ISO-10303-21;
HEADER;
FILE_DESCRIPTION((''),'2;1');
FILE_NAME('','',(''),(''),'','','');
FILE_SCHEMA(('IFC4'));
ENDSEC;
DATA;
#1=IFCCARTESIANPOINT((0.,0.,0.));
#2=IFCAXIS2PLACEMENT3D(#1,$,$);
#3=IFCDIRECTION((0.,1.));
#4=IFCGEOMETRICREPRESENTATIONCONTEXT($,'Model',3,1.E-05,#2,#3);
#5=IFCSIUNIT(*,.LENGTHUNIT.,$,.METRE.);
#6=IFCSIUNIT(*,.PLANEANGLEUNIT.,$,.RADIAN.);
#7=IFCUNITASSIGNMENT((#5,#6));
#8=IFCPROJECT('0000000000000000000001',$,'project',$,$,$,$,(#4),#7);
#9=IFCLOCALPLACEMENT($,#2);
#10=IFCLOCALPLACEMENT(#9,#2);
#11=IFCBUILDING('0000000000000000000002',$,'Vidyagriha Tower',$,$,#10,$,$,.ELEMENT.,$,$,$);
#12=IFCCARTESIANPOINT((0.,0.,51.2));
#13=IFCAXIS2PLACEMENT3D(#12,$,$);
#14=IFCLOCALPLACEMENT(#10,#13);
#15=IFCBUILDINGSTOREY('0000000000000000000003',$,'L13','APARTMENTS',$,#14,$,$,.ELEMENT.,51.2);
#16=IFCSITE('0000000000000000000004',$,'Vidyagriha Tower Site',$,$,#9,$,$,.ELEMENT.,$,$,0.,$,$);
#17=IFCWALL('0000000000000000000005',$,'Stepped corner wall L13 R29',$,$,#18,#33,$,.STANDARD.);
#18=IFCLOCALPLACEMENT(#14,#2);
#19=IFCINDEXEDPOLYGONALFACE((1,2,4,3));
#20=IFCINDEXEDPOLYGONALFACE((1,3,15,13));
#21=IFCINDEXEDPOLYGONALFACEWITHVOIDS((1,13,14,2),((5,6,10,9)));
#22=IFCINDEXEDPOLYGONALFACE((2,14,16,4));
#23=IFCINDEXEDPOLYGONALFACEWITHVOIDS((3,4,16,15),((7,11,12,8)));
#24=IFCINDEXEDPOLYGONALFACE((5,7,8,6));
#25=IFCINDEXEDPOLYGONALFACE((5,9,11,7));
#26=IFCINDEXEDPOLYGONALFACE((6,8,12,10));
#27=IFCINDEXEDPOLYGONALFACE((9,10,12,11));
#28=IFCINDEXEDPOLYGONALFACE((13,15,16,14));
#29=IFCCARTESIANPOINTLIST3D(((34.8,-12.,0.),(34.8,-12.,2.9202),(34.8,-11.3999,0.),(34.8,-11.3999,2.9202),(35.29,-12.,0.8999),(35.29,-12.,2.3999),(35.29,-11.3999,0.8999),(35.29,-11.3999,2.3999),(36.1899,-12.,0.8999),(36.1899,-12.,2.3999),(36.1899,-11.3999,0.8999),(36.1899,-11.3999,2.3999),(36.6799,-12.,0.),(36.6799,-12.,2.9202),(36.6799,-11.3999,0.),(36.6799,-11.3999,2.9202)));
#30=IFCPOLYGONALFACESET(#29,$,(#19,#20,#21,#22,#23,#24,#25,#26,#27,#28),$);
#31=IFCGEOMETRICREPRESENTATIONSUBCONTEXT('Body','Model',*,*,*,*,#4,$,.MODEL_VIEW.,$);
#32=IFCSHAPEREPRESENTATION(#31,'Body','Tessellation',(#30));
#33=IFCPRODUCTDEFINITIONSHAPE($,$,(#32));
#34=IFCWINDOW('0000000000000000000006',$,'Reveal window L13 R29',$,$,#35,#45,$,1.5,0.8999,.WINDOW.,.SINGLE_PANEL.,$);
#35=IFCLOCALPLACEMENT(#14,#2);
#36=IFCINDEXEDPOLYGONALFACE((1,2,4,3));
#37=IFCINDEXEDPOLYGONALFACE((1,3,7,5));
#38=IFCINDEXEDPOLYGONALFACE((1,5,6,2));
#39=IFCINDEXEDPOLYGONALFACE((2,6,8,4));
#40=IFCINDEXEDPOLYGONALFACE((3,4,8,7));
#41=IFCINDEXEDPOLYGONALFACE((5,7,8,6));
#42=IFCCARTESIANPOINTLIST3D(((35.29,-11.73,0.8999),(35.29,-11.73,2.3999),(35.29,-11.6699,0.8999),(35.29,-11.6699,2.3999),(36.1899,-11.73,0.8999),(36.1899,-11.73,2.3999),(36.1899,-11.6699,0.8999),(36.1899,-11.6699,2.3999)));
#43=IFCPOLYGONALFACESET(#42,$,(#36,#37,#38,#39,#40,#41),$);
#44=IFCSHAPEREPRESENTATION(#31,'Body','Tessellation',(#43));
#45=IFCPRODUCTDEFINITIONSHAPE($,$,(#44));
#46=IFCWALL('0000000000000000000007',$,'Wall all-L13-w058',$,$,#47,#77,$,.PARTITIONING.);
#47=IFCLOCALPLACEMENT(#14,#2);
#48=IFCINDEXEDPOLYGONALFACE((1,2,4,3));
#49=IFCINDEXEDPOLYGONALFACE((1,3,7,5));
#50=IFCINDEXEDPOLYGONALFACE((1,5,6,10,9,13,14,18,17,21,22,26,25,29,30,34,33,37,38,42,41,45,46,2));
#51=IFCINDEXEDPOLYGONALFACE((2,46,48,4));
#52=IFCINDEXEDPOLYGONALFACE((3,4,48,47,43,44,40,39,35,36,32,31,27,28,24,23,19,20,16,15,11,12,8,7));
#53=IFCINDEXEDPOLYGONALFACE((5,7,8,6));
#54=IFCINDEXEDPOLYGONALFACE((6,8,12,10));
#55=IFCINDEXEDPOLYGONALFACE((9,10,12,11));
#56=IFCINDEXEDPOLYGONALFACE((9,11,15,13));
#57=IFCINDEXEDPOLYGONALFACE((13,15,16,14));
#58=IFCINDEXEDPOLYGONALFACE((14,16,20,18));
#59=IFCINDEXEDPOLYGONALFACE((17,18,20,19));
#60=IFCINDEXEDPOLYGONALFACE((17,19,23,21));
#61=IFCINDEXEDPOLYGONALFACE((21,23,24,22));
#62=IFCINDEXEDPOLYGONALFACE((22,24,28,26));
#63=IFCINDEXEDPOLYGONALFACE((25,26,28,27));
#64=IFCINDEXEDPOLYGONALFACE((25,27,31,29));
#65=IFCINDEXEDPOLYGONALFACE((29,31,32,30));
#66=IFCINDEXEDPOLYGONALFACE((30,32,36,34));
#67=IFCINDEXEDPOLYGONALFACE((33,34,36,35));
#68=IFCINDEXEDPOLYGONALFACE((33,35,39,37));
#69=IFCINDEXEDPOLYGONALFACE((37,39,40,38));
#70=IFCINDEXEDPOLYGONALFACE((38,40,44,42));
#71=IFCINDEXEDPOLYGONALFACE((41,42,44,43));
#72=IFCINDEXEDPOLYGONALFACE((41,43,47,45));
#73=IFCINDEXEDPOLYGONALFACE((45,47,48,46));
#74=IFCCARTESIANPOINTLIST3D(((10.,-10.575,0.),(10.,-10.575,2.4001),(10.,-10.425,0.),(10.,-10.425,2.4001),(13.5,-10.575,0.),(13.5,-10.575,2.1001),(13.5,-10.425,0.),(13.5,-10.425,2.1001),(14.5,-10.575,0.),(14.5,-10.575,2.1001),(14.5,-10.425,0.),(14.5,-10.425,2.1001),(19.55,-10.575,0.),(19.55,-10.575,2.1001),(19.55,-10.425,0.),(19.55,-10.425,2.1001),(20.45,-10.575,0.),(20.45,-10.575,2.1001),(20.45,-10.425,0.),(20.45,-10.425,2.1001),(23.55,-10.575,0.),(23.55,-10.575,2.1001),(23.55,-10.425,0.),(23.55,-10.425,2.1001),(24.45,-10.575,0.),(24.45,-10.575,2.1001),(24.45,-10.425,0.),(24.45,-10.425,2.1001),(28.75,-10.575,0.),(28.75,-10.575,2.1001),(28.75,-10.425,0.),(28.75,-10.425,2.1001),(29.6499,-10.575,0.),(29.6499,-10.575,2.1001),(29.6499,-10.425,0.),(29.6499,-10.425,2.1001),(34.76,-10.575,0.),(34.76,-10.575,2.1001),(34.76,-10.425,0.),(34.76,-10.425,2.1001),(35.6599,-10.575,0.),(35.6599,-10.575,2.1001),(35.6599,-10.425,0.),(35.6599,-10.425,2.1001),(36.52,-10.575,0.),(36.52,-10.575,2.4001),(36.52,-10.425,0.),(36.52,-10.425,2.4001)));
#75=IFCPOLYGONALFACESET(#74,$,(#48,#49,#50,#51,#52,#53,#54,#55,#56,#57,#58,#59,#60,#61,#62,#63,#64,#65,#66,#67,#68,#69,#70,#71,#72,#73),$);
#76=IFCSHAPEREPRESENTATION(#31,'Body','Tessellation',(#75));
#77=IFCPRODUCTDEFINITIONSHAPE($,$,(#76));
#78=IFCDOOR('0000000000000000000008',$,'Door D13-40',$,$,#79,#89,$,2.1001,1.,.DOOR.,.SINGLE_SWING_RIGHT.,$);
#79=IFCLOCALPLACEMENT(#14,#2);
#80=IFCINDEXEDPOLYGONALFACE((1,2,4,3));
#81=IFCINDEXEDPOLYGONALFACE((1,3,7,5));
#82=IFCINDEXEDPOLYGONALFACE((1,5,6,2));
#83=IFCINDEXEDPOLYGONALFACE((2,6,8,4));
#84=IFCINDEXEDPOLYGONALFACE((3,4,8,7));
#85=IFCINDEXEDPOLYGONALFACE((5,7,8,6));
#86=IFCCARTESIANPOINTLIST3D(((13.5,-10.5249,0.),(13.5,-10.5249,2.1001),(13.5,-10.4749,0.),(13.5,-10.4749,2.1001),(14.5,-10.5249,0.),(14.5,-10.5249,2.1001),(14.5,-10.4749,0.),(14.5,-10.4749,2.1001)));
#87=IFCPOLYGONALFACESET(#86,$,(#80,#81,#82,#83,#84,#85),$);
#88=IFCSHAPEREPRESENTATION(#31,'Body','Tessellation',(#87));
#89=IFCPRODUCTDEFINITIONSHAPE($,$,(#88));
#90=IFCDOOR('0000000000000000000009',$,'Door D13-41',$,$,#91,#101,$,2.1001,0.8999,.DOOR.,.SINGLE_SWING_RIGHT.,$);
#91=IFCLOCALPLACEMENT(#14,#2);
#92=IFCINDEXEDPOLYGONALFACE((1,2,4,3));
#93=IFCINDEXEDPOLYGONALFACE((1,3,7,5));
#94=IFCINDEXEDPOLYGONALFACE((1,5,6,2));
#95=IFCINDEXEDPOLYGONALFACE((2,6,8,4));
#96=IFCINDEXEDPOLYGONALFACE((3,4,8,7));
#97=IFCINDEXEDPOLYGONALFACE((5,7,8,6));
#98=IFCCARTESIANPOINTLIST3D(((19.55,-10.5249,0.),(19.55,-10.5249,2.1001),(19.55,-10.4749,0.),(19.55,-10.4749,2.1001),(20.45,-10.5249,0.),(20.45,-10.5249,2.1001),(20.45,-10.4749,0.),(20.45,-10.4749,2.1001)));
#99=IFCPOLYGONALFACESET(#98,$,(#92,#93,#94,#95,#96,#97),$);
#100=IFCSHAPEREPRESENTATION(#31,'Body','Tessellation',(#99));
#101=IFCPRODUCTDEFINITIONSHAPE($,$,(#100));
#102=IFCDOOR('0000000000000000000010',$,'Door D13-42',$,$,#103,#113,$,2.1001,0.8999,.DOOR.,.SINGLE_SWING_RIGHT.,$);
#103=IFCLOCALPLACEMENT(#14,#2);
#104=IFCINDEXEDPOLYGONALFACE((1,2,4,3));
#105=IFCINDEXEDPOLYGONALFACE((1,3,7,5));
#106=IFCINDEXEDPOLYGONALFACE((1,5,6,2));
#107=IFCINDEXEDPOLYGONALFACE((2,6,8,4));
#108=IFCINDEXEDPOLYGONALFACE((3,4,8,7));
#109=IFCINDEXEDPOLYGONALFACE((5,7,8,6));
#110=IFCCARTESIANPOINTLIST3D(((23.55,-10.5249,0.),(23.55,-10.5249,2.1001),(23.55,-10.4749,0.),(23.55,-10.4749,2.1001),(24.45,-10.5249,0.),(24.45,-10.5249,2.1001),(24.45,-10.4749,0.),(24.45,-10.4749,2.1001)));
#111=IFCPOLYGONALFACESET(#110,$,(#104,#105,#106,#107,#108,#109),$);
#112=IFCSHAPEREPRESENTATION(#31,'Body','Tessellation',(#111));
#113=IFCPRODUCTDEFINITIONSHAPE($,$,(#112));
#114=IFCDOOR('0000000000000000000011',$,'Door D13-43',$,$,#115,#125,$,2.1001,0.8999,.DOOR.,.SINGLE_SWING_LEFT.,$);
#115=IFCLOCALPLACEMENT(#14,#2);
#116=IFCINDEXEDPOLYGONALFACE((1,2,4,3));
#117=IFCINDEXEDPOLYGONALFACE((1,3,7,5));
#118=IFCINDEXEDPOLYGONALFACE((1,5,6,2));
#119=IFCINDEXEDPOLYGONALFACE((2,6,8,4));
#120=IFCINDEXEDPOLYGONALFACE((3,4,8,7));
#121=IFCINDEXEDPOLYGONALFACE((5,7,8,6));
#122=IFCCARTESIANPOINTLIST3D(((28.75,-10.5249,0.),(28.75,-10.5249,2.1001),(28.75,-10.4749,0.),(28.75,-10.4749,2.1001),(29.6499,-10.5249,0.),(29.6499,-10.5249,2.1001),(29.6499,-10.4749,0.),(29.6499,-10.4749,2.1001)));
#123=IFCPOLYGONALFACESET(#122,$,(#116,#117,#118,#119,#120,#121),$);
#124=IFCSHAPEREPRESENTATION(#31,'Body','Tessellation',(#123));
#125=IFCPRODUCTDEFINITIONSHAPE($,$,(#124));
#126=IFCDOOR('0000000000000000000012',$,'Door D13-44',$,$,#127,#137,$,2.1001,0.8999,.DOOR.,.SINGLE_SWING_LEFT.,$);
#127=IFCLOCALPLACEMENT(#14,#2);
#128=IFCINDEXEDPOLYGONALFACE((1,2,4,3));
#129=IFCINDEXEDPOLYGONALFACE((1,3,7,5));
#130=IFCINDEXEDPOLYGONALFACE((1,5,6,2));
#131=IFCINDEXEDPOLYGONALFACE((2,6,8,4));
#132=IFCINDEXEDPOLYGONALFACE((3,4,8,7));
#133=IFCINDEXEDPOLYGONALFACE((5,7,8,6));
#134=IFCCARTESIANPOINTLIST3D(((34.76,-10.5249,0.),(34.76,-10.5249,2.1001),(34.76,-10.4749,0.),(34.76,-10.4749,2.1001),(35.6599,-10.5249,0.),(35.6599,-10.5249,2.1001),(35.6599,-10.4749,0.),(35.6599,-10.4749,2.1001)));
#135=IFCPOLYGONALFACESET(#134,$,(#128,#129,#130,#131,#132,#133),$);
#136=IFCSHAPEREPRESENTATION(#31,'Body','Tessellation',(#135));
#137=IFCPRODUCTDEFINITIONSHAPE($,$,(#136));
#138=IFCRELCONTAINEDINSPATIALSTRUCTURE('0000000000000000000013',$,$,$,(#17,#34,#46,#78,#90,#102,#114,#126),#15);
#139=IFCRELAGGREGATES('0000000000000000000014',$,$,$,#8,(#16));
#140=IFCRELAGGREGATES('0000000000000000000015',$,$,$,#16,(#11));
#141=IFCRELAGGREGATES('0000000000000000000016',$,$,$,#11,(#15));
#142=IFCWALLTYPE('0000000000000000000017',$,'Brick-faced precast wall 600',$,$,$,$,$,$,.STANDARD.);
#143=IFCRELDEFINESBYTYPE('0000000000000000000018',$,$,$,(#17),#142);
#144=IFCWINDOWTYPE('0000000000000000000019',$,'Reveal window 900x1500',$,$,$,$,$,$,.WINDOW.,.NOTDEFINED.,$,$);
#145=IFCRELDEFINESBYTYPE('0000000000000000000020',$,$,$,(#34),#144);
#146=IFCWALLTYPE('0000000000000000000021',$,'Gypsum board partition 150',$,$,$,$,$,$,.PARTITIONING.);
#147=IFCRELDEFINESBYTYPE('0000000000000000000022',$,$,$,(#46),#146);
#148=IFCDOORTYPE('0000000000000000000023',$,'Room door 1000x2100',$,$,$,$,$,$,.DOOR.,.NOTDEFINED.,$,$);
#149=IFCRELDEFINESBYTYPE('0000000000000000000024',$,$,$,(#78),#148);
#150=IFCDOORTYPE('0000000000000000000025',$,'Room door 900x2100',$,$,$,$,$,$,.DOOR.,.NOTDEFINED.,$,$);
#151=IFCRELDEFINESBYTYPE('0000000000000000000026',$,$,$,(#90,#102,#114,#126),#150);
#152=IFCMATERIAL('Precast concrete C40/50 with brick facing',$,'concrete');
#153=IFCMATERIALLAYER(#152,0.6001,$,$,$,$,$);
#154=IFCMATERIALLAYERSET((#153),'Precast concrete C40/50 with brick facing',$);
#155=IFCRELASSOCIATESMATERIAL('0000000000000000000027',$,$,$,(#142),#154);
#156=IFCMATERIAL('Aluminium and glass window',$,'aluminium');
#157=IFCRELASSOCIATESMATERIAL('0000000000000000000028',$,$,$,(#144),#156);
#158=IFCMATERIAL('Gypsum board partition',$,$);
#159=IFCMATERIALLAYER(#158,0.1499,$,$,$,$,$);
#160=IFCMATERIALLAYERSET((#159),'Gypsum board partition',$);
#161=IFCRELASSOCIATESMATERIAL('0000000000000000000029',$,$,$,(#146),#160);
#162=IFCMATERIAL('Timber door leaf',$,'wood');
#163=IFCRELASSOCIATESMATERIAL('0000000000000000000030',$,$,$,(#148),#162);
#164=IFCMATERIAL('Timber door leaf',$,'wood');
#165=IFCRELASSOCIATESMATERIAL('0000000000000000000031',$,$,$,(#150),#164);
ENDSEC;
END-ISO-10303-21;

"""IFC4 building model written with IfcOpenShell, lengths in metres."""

from ifc_helpers import new_model, si_unit, direction, frame, frame_2d, origin, place, context, subcontext, project, spatial, rectangle, extrude, material, layer, layer_set, type_object, element, fill, save


model = new_model("IFC4")

# Units and contexts
model_context = context("Model", 3, precision=1e-05, world=origin(), true_north=direction((0.0, 1.0)))
body_context = subcontext(model_context, "Body", "Model", "MODEL_VIEW")
ifc_project = project(units=[si_unit("LENGTHUNIT", "METRE"), si_unit("PLANEANGLEUNIT", "RADIAN")], contexts=[model_context])

# Site, building, storey
site_placement = place(None, origin())
site = spatial("IfcSite", under=ifc_project, at=site_placement, Name="Vidyagriha Tower Site", CompositionType="ELEMENT", RefElevation=0.0)
building_placement = place(site_placement, origin())
building = spatial("IfcBuilding", under=site, at=building_placement, Name="Vidyagriha Tower", CompositionType="ELEMENT")
storey_placement = place(building_placement, frame((0.0, 0.0, 51.2)))
storey = spatial("IfcBuildingStorey", under=building, at=storey_placement, Name="L13", Description="APARTMENTS", CompositionType="ELEMENT", Elevation=51.2)

# Shared definitions
ifc_material_1 = material(Name="Precast concrete C40/50 with brick facing", Category="concrete")
ifc_layer_1 = layer(ifc_material_1, 0.6001)
ifc_layer_set_1 = layer_set([ifc_layer_1], Name="Precast concrete C40/50 with brick facing")
wall_type_1 = type_object("IfcWallType", Name="Brick-faced precast wall 600", PredefinedType="STANDARD", material=ifc_layer_set_1)

# Shared definitions
ifc_material_2 = material(Name="Aluminium and glass window", Category="aluminium")
window_type = type_object("IfcWindowType", Name="Reveal window 900x1500", PartitioningType="NOTDEFINED", PredefinedType="WINDOW", material=ifc_material_2)

# Wall, opening, window
wall_1_placement = place(storey_placement, frame((34.8, -11.7, 0.0)))
wall_1 = element("IfcWall", 1, at=wall_1_placement, inside=storey, type_object=wall_type_1, Name="Stepped corner wall L13 R29", PredefinedType="STANDARD", context=body_context, shape_type="SweptSolid", body=[
    extrude(rectangle(XDim=1.8799, YDim=0.6001, at=frame_2d((0.9399, 0.0))), origin(), (0.0, 0.0, 1.0), 2.9202),
])
opening_1_placement = place(wall_1_placement, frame((0.49, 0.0, 0.8999)))
opening_1 = element("IfcOpeningElement", 2, at=opening_1_placement, cuts=wall_1, PredefinedType="OPENING", context=body_context, shape_type="SweptSolid", body=[
    extrude(rectangle(XDim=0.8999, YDim=1.5, at=frame_2d((0.45, 0.75))), frame((0.0, 0.3101, 0.0), z_axis=(0.0, -1.0, 0.0), x_axis=(1.0, 0.0, 0.0)), (0.0, 0.0, 1.0), 0.6201),
])
window_1_placement = place(opening_1_placement, origin())
window_1 = element("IfcWindow", 3, at=window_1_placement, inside=storey, type_object=window_type, Name="Reveal window L13 R29", OverallHeight=1.5, OverallWidth=0.8999, PartitioningType="SINGLE_PANEL", PredefinedType="WINDOW", context=body_context, shape_type="SweptSolid", body=[
    extrude(rectangle(XDim=0.8999, YDim=1.5, at=frame_2d((0.45, 0.75))), frame((0.0, 0.03, 0.0), z_axis=(0.0, -1.0, 0.0), x_axis=(1.0, 0.0, 0.0)), (0.0, 0.0, 1.0), 0.0601),
])
fill(opening_1, window_1)

# Wall, openings, doors
ifc_material_3 = material(Name="Gypsum board partition")
ifc_layer_2 = layer(ifc_material_3, 0.1499)
ifc_layer_set_2 = layer_set([ifc_layer_2], Name="Gypsum board partition")
wall_type_2 = type_object("IfcWallType", Name="Gypsum board partition 150", PredefinedType="PARTITIONING", material=ifc_layer_set_2)
wall_2_placement = place(storey_placement, frame((36.52, -10.5, 0.0), z_axis=(0.0, 0.0, 1.0), x_axis=(-1.0, 0.0, 0.0)))
wall_2 = element("IfcWall", 4, at=wall_2_placement, inside=storey, type_object=wall_type_2, Name="Wall all-L13-w058", PredefinedType="PARTITIONING", context=body_context, shape_type="SweptSolid", body=[
    extrude(rectangle(XDim=26.52, YDim=0.1499, at=frame_2d((13.26, 0.0))), origin(), (0.0, 0.0, 1.0), 2.4001),
])
opening_2_placement = place(wall_2_placement, frame((22.02, 0.0, 0.0)))
opening_2 = element("IfcOpeningElement", 5, at=opening_2_placement, cuts=wall_2, PredefinedType="OPENING", context=body_context, shape_type="SweptSolid", body=[
    extrude(rectangle(XDim=1.0, YDim=2.1001, at=frame_2d((0.5, 1.05))), frame((0.0, 0.085, 0.0), z_axis=(0.0, -1.0, 0.0), x_axis=(1.0, 0.0, 0.0)), (0.0, 0.0, 1.0), 0.1699),
])
opening_3_placement = place(wall_2_placement, frame((16.0701, 0.0, 0.0)))
opening_3 = element("IfcOpeningElement", 6, at=opening_3_placement, cuts=wall_2, PredefinedType="OPENING", context=body_context, shape_type="SweptSolid", body=[
    extrude(rectangle(XDim=0.8999, YDim=2.1001, at=frame_2d((0.45, 1.05))), frame((0.0, 0.085, 0.0), z_axis=(0.0, -1.0, 0.0), x_axis=(1.0, 0.0, 0.0)), (0.0, 0.0, 1.0), 0.1699),
])
opening_4_placement = place(wall_2_placement, frame((12.0701, 0.0, 0.0)))
opening_4 = element("IfcOpeningElement", 7, at=opening_4_placement, cuts=wall_2, PredefinedType="OPENING", context=body_context, shape_type="SweptSolid", body=[
    extrude(rectangle(XDim=0.8999, YDim=2.1001, at=frame_2d((0.45, 1.05))), frame((0.0, 0.085, 0.0), z_axis=(0.0, -1.0, 0.0), x_axis=(1.0, 0.0, 0.0)), (0.0, 0.0, 1.0), 0.1699),
])
opening_5_placement = place(wall_2_placement, frame((6.8701, 0.0, 0.0)))
opening_5 = element("IfcOpeningElement", 8, at=opening_5_placement, cuts=wall_2, PredefinedType="OPENING", context=body_context, shape_type="SweptSolid", body=[
    extrude(rectangle(XDim=0.8999, YDim=2.1001, at=frame_2d((0.45, 1.05))), frame((0.0, 0.085, 0.0), z_axis=(0.0, -1.0, 0.0), x_axis=(1.0, 0.0, 0.0)), (0.0, 0.0, 1.0), 0.1699),
])
opening_6_placement = place(wall_2_placement, frame((0.8601, 0.0, 0.0)))
opening_6 = element("IfcOpeningElement", 9, at=opening_6_placement, cuts=wall_2, PredefinedType="OPENING", context=body_context, shape_type="SweptSolid", body=[
    extrude(rectangle(XDim=0.8999, YDim=2.1001, at=frame_2d((0.45, 1.05))), frame((0.0, 0.085, 0.0), z_axis=(0.0, -1.0, 0.0), x_axis=(1.0, 0.0, 0.0)), (0.0, 0.0, 1.0), 0.1699),
])
ifc_material_4 = material(Name="Timber door leaf", Category="wood")
door_type_1 = type_object("IfcDoorType", Name="Room door 1000x2100", OperationType="NOTDEFINED", PredefinedType="DOOR", material=ifc_material_4)
door_1_placement = place(opening_2_placement, origin())
door_1 = element("IfcDoor", 10, at=door_1_placement, inside=storey, type_object=door_type_1, Name="Door D13-40", OperationType="SINGLE_SWING_RIGHT", OverallHeight=2.1001, OverallWidth=1.0, PredefinedType="DOOR", context=body_context, shape_type="SweptSolid", body=[
    extrude(rectangle(XDim=1.0, YDim=2.1001, at=frame_2d((0.5, 1.05))), frame((0.0, 0.0249, 0.0), z_axis=(0.0, -1.0, 0.0), x_axis=(1.0, 0.0, 0.0)), (0.0, 0.0, 1.0), 0.05),
])
fill(opening_2, door_1)
ifc_material_5 = material(Name="Timber door leaf", Category="wood")
door_type_2 = type_object("IfcDoorType", Name="Room door 900x2100", OperationType="NOTDEFINED", PredefinedType="DOOR", material=ifc_material_5)
door_2_placement = place(opening_3_placement, origin())
door_2 = element("IfcDoor", 11, at=door_2_placement, inside=storey, type_object=door_type_2, Name="Door D13-41", OperationType="SINGLE_SWING_RIGHT", OverallHeight=2.1001, OverallWidth=0.8999, PredefinedType="DOOR", context=body_context, shape_type="SweptSolid", body=[
    extrude(rectangle(XDim=0.8999, YDim=2.1001, at=frame_2d((0.45, 1.05))), frame((0.0, 0.0249, 0.0), z_axis=(0.0, -1.0, 0.0), x_axis=(1.0, 0.0, 0.0)), (0.0, 0.0, 1.0), 0.05),
])
fill(opening_3, door_2)
door_3_placement = place(opening_4_placement, origin())
door_3 = element("IfcDoor", 12, at=door_3_placement, inside=storey, type_object=door_type_2, Name="Door D13-42", OperationType="SINGLE_SWING_RIGHT", OverallHeight=2.1001, OverallWidth=0.8999, PredefinedType="DOOR", context=body_context, shape_type="SweptSolid", body=[
    extrude(rectangle(XDim=0.8999, YDim=2.1001, at=frame_2d((0.45, 1.05))), frame((0.0, 0.0249, 0.0), z_axis=(0.0, -1.0, 0.0), x_axis=(1.0, 0.0, 0.0)), (0.0, 0.0, 1.0), 0.05),
])
fill(opening_4, door_3)
door_4_placement = place(opening_5_placement, origin())
door_4 = element("IfcDoor", 13, at=door_4_placement, inside=storey, type_object=door_type_2, Name="Door D13-43", OperationType="SINGLE_SWING_LEFT", OverallHeight=2.1001, OverallWidth=0.8999, PredefinedType="DOOR", context=body_context, shape_type="SweptSolid", body=[
    extrude(rectangle(XDim=0.8999, YDim=2.1001, at=frame_2d((0.45, 1.05))), frame((0.0, 0.0249, 0.0), z_axis=(0.0, -1.0, 0.0), x_axis=(1.0, 0.0, 0.0)), (0.0, 0.0, 1.0), 0.05),
])
fill(opening_5, door_4)
door_5_placement = place(opening_6_placement, origin())
door_5 = element("IfcDoor", 14, at=door_5_placement, inside=storey, type_object=door_type_2, Name="Door D13-44", OperationType="SINGLE_SWING_LEFT", OverallHeight=2.1001, OverallWidth=0.8999, PredefinedType="DOOR", context=body_context, shape_type="SweptSolid", body=[
    extrude(rectangle(XDim=0.8999, YDim=2.1001, at=frame_2d((0.45, 1.05))), frame((0.0, 0.0249, 0.0), z_axis=(0.0, -1.0, 0.0), x_axis=(1.0, 0.0, 0.0)), (0.0, 0.0, 1.0), 0.05),
])
fill(opening_6, door_5)

save(model, "model.ifc")
